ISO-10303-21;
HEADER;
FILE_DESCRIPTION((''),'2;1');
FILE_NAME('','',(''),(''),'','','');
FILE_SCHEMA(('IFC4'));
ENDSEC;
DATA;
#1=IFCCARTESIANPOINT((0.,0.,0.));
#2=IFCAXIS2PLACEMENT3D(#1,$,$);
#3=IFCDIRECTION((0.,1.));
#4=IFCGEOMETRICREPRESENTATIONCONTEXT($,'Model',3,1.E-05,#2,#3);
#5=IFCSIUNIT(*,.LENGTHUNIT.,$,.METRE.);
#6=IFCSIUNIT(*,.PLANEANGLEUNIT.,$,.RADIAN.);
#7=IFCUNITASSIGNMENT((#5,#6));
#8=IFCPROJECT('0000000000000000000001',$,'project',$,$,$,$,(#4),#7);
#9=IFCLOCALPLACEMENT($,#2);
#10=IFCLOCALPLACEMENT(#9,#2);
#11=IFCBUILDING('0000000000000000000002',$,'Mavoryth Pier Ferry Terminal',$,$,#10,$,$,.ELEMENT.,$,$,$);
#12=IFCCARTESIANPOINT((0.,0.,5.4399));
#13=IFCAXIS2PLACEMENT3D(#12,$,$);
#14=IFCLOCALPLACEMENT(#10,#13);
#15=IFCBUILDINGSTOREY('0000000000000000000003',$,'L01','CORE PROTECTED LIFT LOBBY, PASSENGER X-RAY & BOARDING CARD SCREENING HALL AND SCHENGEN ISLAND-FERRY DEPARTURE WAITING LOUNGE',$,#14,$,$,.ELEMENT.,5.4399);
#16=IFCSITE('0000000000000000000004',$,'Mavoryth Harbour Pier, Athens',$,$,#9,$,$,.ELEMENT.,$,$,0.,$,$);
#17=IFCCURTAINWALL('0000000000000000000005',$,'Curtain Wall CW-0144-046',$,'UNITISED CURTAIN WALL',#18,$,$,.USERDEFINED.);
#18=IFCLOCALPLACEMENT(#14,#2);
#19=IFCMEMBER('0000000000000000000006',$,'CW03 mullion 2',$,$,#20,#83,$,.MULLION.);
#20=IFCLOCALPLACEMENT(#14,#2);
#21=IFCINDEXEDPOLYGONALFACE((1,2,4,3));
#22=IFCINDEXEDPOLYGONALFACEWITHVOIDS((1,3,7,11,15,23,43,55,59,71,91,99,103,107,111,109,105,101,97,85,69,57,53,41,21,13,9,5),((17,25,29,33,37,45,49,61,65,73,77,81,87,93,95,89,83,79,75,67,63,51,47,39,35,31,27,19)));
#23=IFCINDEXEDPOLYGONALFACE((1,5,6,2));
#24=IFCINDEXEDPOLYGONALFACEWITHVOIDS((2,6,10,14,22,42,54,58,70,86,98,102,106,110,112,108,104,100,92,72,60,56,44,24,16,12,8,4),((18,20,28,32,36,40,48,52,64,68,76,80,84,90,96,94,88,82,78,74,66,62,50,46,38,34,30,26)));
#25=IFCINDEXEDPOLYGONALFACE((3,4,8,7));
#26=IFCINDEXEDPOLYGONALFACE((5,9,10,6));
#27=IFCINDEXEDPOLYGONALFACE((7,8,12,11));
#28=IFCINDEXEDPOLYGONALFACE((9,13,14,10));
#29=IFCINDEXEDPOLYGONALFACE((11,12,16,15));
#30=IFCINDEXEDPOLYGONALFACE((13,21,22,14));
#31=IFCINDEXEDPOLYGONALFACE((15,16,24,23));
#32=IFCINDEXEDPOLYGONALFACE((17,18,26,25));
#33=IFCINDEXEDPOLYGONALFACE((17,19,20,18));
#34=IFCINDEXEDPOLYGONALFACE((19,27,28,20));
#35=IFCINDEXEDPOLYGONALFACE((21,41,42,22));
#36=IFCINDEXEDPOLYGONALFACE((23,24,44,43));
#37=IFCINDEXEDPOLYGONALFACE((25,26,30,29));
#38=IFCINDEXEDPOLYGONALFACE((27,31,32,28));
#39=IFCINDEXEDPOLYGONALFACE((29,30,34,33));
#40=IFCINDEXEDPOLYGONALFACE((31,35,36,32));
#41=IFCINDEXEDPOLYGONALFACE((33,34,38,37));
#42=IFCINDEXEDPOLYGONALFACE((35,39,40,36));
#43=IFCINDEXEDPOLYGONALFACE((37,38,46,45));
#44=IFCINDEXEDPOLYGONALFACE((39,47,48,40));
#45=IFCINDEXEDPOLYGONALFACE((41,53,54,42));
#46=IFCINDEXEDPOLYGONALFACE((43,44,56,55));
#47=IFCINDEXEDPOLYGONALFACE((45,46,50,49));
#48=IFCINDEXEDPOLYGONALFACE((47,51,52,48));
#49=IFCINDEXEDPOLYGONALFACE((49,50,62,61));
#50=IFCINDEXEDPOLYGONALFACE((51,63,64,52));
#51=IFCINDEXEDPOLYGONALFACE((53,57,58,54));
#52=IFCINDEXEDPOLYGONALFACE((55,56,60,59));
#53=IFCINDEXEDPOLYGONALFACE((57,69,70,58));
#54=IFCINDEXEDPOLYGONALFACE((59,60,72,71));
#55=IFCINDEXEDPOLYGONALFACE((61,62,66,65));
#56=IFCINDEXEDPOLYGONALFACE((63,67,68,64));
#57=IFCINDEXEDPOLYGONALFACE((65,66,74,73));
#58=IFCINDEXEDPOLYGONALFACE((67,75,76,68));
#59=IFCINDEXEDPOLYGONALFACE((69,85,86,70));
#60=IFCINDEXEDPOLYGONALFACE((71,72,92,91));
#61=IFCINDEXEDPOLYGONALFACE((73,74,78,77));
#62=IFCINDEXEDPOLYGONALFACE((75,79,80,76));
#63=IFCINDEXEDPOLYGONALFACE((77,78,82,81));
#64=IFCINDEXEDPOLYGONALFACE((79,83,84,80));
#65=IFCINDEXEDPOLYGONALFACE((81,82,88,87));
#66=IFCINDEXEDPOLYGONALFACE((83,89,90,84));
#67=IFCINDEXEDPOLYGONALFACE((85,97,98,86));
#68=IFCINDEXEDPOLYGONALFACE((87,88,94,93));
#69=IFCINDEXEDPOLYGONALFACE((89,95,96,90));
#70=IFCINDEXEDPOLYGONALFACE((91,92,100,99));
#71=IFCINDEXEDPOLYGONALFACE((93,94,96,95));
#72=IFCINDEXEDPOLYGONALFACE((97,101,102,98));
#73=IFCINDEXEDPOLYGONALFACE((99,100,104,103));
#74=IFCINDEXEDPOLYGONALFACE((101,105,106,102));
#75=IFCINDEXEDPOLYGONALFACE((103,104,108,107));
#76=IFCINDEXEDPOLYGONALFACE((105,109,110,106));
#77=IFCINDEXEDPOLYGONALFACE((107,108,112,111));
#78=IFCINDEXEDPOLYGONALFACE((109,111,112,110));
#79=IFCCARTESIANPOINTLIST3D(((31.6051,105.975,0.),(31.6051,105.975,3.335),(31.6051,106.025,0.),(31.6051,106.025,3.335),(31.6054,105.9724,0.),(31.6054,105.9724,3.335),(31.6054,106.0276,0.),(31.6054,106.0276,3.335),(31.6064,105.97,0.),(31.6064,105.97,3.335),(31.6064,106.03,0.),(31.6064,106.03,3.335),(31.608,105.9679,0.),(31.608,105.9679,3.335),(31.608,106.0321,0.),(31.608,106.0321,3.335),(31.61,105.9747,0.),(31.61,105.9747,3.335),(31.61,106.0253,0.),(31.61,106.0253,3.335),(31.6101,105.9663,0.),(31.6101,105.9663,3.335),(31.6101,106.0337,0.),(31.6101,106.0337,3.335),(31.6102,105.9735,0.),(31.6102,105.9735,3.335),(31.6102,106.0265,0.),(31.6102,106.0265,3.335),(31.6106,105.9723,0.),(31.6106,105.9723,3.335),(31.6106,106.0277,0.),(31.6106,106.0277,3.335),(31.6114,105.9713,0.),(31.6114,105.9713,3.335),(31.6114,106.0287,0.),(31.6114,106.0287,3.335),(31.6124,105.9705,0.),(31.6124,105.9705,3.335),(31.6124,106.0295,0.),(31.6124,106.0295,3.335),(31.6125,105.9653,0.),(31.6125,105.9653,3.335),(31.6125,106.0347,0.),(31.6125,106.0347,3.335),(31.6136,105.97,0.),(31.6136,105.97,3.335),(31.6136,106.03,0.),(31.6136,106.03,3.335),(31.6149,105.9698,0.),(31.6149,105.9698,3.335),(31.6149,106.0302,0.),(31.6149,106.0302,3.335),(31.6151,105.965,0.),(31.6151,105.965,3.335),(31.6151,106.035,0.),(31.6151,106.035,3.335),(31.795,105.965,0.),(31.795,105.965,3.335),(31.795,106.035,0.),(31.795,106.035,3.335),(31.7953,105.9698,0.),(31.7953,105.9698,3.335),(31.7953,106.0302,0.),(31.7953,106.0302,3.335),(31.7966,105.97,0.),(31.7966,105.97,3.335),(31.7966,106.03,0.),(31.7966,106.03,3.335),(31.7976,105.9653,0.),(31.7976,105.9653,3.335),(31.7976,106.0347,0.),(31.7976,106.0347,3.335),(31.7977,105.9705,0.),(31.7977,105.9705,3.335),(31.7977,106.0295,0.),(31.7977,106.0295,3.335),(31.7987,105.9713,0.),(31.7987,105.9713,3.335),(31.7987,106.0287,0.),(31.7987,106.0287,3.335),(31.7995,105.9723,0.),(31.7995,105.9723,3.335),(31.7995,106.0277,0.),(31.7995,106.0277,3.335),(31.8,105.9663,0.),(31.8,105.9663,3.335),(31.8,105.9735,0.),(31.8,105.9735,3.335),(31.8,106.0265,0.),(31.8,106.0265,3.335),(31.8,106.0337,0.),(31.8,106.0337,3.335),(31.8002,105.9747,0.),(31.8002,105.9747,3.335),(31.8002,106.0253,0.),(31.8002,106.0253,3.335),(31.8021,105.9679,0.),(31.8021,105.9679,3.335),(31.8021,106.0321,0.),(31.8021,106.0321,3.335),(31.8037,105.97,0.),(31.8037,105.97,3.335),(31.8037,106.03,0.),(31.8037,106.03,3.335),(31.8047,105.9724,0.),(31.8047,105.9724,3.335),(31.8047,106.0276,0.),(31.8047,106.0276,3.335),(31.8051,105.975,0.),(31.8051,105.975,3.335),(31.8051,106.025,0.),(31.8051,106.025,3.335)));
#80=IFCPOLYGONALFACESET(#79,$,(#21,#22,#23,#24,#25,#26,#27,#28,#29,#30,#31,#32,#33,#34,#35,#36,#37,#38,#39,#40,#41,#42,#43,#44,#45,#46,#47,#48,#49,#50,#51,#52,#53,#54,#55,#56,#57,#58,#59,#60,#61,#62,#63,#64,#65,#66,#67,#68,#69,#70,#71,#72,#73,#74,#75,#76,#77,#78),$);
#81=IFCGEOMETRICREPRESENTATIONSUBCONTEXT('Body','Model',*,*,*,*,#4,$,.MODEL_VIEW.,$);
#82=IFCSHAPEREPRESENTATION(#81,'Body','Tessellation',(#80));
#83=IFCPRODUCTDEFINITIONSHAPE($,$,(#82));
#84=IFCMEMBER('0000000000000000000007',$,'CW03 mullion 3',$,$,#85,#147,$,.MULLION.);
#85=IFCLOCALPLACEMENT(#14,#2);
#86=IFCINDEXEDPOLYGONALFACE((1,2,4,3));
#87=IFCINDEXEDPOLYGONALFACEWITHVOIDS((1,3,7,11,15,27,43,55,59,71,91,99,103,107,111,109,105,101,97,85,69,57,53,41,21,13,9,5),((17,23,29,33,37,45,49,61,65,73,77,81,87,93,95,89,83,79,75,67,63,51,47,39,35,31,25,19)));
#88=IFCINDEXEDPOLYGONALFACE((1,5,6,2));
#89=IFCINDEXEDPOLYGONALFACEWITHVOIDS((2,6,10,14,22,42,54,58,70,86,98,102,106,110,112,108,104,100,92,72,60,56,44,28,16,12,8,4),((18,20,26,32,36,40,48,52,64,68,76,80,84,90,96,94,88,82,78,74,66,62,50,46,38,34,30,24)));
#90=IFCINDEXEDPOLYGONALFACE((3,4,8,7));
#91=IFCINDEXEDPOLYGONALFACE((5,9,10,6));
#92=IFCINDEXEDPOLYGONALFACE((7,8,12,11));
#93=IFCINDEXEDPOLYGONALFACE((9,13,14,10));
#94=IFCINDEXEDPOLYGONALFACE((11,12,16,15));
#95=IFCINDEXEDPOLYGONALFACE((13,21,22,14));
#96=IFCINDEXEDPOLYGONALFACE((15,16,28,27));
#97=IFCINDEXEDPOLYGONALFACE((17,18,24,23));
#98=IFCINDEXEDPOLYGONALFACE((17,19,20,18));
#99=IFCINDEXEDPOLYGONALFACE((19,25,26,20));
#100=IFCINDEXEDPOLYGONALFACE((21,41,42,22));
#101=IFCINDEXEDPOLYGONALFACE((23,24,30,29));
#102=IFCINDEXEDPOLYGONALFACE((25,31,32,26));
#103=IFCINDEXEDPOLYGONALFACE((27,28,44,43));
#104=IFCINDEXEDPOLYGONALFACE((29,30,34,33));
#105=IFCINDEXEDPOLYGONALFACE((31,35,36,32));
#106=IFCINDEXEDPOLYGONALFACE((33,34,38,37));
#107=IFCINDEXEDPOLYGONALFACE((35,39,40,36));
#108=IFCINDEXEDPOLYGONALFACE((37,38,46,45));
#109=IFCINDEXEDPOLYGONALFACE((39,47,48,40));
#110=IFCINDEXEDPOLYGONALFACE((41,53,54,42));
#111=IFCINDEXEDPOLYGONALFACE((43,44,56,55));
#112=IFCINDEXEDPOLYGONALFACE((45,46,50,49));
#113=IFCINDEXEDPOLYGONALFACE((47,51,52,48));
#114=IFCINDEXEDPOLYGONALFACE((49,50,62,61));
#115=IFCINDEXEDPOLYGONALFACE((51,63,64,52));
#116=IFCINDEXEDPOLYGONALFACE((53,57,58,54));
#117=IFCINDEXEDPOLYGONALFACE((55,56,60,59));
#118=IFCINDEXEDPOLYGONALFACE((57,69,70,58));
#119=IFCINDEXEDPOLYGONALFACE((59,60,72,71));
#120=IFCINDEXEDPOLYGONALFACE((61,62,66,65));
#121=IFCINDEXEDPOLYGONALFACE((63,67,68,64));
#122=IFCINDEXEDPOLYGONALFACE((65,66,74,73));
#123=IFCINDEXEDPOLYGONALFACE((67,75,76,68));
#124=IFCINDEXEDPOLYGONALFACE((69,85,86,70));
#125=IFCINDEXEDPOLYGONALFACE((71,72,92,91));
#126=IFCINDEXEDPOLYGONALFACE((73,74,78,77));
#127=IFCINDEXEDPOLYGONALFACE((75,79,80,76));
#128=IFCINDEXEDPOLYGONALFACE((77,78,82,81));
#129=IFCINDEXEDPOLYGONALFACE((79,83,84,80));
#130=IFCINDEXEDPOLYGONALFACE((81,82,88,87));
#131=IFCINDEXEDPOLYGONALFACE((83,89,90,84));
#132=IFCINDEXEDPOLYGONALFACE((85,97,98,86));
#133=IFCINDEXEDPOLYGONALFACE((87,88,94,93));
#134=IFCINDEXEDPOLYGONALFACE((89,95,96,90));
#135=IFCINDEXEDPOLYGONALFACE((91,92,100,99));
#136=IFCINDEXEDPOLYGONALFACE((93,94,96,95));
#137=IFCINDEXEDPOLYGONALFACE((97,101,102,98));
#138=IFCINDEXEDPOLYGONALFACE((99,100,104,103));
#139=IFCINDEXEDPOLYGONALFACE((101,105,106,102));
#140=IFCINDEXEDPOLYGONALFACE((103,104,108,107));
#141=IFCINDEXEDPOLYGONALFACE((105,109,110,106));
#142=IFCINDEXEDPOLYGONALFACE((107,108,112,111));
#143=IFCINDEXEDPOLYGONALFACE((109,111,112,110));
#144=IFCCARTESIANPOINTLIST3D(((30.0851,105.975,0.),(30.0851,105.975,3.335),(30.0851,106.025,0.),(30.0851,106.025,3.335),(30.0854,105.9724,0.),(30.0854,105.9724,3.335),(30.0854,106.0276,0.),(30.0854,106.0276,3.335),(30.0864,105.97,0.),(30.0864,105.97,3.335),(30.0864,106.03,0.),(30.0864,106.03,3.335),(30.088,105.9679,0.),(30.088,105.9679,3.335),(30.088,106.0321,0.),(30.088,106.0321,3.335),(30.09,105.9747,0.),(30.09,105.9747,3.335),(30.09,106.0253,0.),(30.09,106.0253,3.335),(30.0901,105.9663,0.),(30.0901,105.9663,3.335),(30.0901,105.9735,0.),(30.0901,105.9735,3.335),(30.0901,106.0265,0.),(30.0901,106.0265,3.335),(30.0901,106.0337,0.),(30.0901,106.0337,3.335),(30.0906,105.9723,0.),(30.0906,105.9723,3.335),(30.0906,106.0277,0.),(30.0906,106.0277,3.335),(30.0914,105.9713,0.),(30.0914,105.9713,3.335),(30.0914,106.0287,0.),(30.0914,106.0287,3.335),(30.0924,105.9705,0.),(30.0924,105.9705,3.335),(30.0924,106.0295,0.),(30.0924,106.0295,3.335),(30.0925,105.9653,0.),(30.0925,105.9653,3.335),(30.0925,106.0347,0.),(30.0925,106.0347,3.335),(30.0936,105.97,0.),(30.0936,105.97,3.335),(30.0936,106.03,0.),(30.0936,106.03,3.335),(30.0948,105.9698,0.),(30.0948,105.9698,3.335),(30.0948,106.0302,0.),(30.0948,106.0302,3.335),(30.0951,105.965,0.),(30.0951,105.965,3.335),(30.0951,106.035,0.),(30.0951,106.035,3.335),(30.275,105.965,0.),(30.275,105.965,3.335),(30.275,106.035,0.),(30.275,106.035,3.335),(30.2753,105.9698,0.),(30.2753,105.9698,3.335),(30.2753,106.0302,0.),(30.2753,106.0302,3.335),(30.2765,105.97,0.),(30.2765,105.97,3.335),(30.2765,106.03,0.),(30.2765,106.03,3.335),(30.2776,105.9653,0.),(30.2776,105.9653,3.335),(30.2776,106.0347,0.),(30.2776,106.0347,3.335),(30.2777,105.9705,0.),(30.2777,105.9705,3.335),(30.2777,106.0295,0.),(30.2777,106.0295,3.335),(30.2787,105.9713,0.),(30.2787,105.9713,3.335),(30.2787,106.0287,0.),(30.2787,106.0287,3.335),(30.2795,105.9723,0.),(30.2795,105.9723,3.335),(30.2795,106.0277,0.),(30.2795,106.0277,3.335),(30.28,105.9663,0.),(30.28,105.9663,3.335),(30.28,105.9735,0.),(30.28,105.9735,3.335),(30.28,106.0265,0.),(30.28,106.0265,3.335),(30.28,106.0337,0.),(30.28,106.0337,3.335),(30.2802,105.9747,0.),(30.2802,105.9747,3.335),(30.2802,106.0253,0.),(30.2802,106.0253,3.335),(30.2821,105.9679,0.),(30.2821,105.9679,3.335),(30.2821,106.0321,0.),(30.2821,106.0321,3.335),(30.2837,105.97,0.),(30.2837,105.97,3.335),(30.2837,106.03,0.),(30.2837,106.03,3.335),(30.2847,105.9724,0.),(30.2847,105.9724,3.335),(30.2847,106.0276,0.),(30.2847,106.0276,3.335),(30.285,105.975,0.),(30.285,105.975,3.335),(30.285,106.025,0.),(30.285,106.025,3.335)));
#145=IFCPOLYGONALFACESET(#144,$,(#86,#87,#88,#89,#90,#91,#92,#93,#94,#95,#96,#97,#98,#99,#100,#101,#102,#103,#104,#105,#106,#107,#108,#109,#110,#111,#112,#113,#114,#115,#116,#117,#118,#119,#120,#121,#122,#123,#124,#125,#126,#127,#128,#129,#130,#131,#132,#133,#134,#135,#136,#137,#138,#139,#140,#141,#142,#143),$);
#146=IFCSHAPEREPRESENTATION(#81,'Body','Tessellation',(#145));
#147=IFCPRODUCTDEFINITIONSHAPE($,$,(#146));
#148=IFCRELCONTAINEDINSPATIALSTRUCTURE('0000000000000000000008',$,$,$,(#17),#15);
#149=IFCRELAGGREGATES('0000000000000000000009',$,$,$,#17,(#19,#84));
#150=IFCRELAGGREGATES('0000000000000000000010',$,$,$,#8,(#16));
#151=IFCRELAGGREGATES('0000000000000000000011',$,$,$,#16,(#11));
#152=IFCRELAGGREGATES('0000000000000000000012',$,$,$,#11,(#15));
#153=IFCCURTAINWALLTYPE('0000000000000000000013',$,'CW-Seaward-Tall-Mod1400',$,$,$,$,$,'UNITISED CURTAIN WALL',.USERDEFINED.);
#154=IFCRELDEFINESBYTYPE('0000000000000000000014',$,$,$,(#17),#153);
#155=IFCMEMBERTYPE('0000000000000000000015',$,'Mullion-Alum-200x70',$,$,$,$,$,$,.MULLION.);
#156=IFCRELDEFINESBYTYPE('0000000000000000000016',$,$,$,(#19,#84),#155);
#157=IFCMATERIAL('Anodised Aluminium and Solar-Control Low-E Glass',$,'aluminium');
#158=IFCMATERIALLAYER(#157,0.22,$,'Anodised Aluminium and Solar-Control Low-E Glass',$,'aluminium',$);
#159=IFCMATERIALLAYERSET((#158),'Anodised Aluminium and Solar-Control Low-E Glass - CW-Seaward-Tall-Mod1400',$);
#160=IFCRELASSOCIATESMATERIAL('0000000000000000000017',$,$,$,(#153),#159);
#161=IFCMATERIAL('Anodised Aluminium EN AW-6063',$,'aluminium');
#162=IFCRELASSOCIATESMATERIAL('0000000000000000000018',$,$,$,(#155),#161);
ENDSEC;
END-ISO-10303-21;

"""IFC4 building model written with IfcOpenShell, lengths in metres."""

from ifc_helpers import new_model, si_unit, direction, frame, origin, origin_2d, place, context, subcontext, project, spatial, hollow_rectangle, extrude, material, layer, layer_set, material_profile, profile_set, type_object, element, aggregate, save


model = new_model("IFC4")

# Units and contexts
model_context = context("Model", 3, precision=1e-05, world=origin(), true_north=direction((0.0, 1.0)))
body_context = subcontext(model_context, "Body", "Model", "MODEL_VIEW")
ifc_project = project(units=[si_unit("LENGTHUNIT", "METRE"), si_unit("PLANEANGLEUNIT", "RADIAN")], contexts=[model_context])

# Site, building, storey
site_placement = place(None, origin())
site = spatial("IfcSite", under=ifc_project, at=site_placement, Name="Mavoryth Harbour Pier, Athens", CompositionType="ELEMENT", RefElevation=0.0)
building_placement = place(site_placement, origin())
building = spatial("IfcBuilding", under=site, at=building_placement, Name="Mavoryth Pier Ferry Terminal", CompositionType="ELEMENT")
storey_placement = place(building_placement, frame((0.0, 0.0, 5.4399)))
storey = spatial("IfcBuildingStorey", under=building, at=storey_placement, Name="L01", Description="CORE PROTECTED LIFT LOBBY, PASSENGER X-RAY & BOARDING CARD SCREENING HALL AND SCHENGEN ISLAND-FERRY DEPARTURE WAITING LOUNGE", CompositionType="ELEMENT", Elevation=5.4399)

# Curtain wall, members
ifc_material_1 = material(Name="Anodised Aluminium and Solar-Control Low-E Glass", Category="aluminium")
ifc_material_2 = material(Name="Anodised Aluminium EN AW-6063", Category="aluminium")
ifc_layer_1 = layer(ifc_material_1, 0.22, Name="Anodised Aluminium and Solar-Control Low-E Glass", Category="aluminium")
ifc_layer_set_1 = layer_set([ifc_layer_1], Name="Anodised Aluminium and Solar-Control Low-E Glass - CW-Seaward-Tall-Mod1400")
curtain_wall_type_1 = type_object("IfcCurtainWallType", Name="CW-Seaward-Tall-Mod1400", ElementType="UNITISED CURTAIN WALL", PredefinedType="USERDEFINED", material=ifc_layer_set_1)
curtain_wall_1_placement = place(storey_placement, origin())
curtain_wall_1 = element("IfcCurtainWall", 1, at=curtain_wall_1_placement, inside=storey, type_object=curtain_wall_type_1, Name="Curtain Wall CW-0144-046", ObjectType="UNITISED CURTAIN WALL", PredefinedType="USERDEFINED")
ifc_material_profile_1 = material_profile(ifc_material_2, hollow_rectangle(XDim=0.0701, YDim=0.2, WallThickness=0.0049, InnerFilletRadius=0.0049, OuterFilletRadius=0.01, at=origin_2d()), Name="AL-MULL 200x70x5", Category="aluminium")
ifc_profile_set_1 = profile_set([ifc_material_profile_1], Name="Anodised Aluminium EN AW-6063 - AL-MULL 200x70x5")
member_type_1 = type_object("IfcMemberType", Name="Mullion-Alum-200x70", PredefinedType="MULLION", material=ifc_profile_set_1)
member_1_placement = place(storey_placement, frame((31.7051, 106.0, 0.0), z_axis=(0.0, 0.0, 1.0), x_axis=(0.0, -1.0, 0.0)))
member_1 = element("IfcMember", 2, at=member_1_placement, type_object=member_type_1, Name="CW03 mullion 2", PredefinedType="MULLION", context=body_context, shape_type="SweptSolid", body=[
    extrude(hollow_rectangle(XDim=0.0701, YDim=0.2, WallThickness=0.0049, InnerFilletRadius=0.0049, OuterFilletRadius=0.01, at=origin_2d()), origin(), (0.0, 0.0, 1.0), 3.335),
])
member_2_placement = place(storey_placement, frame((30.1851, 106.0, 0.0), z_axis=(0.0, 0.0, 1.0), x_axis=(0.0, -1.0, 0.0)))
member_2 = element("IfcMember", 3, at=member_2_placement, type_object=member_type_1, Name="CW03 mullion 3", PredefinedType="MULLION", context=body_context, shape_type="SweptSolid", body=[
    extrude(hollow_rectangle(XDim=0.0701, YDim=0.2, WallThickness=0.0049, InnerFilletRadius=0.0049, OuterFilletRadius=0.01, at=origin_2d()), origin(), (0.0, 0.0, 1.0), 3.335),
])

aggregate(curtain_wall_1, [member_1, member_2])

save(model, "model.ifc")
